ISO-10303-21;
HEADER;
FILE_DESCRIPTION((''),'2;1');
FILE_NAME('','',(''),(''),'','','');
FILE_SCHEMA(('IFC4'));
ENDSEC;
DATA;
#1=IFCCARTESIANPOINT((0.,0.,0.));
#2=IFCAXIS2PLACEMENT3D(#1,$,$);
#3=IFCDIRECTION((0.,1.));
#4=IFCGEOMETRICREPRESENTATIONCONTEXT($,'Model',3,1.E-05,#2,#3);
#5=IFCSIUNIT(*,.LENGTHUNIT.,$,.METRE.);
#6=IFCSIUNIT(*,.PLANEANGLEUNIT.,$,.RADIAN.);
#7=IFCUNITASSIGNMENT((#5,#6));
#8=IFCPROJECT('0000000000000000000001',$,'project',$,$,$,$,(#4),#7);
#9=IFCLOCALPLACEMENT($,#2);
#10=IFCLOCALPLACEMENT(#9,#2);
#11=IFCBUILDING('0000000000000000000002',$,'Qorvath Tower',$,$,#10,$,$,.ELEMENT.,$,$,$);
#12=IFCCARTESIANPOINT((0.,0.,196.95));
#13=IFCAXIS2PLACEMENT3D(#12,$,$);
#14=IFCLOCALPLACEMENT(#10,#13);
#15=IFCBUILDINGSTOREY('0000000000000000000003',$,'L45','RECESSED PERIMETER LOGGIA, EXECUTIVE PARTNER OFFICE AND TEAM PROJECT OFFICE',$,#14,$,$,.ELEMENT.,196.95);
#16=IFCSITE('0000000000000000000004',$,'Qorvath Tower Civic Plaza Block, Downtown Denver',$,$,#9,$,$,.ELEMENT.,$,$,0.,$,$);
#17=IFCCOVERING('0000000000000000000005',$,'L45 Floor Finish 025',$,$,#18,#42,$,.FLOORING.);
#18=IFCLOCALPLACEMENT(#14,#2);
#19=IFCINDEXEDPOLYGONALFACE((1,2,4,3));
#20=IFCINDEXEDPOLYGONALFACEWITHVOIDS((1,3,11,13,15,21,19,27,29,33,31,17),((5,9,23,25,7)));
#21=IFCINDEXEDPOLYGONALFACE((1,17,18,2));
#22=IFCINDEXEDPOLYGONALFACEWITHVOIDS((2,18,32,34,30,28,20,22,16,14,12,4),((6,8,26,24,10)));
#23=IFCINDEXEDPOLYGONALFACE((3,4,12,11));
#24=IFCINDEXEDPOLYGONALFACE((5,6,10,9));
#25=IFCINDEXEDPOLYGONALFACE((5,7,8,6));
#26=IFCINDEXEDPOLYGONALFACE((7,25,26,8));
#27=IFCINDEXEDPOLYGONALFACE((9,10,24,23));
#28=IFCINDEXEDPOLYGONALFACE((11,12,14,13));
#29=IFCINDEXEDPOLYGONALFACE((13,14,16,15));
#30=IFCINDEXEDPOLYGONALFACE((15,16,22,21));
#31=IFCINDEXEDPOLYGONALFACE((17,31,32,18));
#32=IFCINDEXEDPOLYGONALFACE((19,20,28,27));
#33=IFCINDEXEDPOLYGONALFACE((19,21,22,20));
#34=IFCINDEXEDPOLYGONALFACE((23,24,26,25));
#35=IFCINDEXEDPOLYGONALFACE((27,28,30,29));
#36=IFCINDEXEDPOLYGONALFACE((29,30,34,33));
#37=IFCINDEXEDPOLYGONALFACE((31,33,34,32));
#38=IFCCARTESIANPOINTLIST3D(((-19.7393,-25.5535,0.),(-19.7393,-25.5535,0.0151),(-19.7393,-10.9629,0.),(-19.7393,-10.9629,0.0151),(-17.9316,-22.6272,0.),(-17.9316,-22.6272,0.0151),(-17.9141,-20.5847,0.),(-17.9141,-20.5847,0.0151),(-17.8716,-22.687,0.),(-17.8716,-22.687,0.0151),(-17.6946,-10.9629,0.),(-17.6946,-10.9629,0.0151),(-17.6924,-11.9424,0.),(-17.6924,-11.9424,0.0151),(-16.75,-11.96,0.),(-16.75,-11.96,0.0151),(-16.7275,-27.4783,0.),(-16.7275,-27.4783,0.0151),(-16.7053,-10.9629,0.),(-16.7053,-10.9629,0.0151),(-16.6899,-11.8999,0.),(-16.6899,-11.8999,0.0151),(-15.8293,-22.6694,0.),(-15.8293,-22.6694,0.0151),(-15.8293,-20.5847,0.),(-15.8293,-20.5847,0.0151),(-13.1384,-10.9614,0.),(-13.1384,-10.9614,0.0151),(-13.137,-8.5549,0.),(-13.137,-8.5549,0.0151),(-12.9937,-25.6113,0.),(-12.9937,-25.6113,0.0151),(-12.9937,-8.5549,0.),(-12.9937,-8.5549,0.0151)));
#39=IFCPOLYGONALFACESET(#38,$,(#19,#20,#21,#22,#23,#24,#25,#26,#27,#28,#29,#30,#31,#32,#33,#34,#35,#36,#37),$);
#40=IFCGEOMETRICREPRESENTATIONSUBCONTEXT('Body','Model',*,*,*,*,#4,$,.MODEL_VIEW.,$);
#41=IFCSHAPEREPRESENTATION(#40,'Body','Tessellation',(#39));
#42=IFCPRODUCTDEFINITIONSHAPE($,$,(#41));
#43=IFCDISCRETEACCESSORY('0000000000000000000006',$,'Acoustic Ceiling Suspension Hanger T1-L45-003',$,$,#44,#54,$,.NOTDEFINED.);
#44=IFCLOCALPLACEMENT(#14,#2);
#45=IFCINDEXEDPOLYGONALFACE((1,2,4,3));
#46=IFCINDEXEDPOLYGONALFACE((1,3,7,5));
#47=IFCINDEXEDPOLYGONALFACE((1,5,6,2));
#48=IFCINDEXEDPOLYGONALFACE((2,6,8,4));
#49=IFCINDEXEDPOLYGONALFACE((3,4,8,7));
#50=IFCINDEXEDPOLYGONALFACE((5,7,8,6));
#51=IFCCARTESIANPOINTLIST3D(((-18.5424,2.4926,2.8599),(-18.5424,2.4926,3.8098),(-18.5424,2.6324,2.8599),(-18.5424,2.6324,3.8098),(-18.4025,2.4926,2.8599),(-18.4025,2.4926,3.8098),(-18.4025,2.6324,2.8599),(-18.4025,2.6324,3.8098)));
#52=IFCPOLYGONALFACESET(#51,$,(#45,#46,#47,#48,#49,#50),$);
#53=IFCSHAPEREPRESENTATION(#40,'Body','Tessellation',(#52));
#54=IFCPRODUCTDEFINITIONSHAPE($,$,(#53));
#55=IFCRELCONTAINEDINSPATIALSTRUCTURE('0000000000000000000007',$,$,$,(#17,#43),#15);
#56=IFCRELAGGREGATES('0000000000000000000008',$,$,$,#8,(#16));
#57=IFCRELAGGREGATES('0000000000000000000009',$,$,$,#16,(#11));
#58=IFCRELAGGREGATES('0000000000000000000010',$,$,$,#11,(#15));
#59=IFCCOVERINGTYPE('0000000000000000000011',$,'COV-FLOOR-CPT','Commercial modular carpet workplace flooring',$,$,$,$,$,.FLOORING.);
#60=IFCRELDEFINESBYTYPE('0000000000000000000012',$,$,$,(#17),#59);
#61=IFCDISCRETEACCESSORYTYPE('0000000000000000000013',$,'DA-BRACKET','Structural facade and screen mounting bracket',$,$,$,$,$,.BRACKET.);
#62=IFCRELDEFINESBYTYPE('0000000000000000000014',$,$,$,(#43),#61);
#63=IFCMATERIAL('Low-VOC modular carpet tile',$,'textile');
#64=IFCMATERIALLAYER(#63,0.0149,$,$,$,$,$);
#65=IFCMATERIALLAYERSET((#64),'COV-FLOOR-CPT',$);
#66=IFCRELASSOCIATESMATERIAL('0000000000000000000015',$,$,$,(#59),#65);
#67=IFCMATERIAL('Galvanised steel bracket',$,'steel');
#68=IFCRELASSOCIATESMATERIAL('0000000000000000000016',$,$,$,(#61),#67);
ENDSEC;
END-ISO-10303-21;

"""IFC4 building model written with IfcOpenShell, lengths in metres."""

from ifc_helpers import new_model, si_unit, direction, frame, origin, origin_2d, place, context, subcontext, project, spatial, polyline, rectangle, outline, extrude, material, layer, layer_set, type_object, element, save


model = new_model("IFC4")

# Units and contexts
model_context = context("Model", 3, precision=1e-05, world=origin(), true_north=direction((0.0, 1.0)))
body_context = subcontext(model_context, "Body", "Model", "MODEL_VIEW")
ifc_project = project(units=[si_unit("LENGTHUNIT", "METRE"), si_unit("PLANEANGLEUNIT", "RADIAN")], contexts=[model_context])

# Site, building, storey
site_placement = place(None, origin())
site = spatial("IfcSite", under=ifc_project, at=site_placement, Name="Qorvath Tower Civic Plaza Block, Downtown Denver", CompositionType="ELEMENT", RefElevation=0.0)
building_placement = place(site_placement, origin())
building = spatial("IfcBuilding", under=site, at=building_placement, Name="Qorvath Tower", CompositionType="ELEMENT")
storey_placement = place(building_placement, frame((0.0, 0.0, 196.95)))
storey = spatial("IfcBuildingStorey", under=building, at=storey_placement, Name="L45", Description="RECESSED PERIMETER LOGGIA, EXECUTIVE PARTNER OFFICE AND TEAM PROJECT OFFICE", CompositionType="ELEMENT", Elevation=196.95)

# Covering
ifc_material_1 = material(Name="Low-VOC modular carpet tile", Category="textile")
ifc_layer_1 = layer(ifc_material_1, 0.0149)
ifc_layer_set_1 = layer_set([ifc_layer_1], Name="COV-FLOOR-CPT")
covering_type_1 = type_object("IfcCoveringType", Name="COV-FLOOR-CPT", Description="Commercial modular carpet workplace flooring", PredefinedType="FLOORING", material=ifc_layer_set_1)
covering_1_placement = place(storey_placement, origin())
element("IfcCovering", 1, at=covering_1_placement, inside=storey, type_object=covering_type_1, Name="L45 Floor Finish 025", PredefinedType="FLOORING", context=body_context, shape_type="SweptSolid", body=[
    extrude(outline(polyline([(-17.6946, -10.9629), (-19.7393, -10.9629), (-19.7393, -25.5535), (-16.7275, -27.4783), (-12.9937, -25.6113), (-12.9937, -8.5549), (-13.137, -8.5549), (-13.1384, -10.9614), (-16.7053, -10.9629), (-16.6899, -11.8999), (-16.75, -11.96), (-17.6924, -11.9424), (-17.6946, -10.9629)]), holes=[polyline([(-17.9316, -22.6272), (-17.9141, -20.5847), (-15.8293, -20.5847), (-15.8293, -22.6694), (-17.8716, -22.687), (-17.9316, -22.6272)])]), origin(), (0.0, 0.0, 1.0), 0.0151),
])

# Discrete accessory
ifc_material_2 = material(Name="Galvanised steel bracket", Category="steel")
discrete_accessory_type = type_object("IfcDiscreteAccessoryType", Name="DA-BRACKET", Description="Structural facade and screen mounting bracket", PredefinedType="BRACKET", material=ifc_material_2)
discrete_accessory_placement = place(storey_placement, frame((-18.4724, 2.5625, 2.8599), z_axis=(0.0, 0.0, 1.0), x_axis=(1.0, 0.0, 0.0)))
element("IfcDiscreteAccessory", 2, at=discrete_accessory_placement, inside=storey, type_object=discrete_accessory_type, Name="Acoustic Ceiling Suspension Hanger T1-L45-003", PredefinedType="NOTDEFINED", context=body_context, shape_type="SweptSolid", body=[
    extrude(rectangle(XDim=0.1399, YDim=0.1399, at=origin_2d()), origin(), (0.0, 0.0, 1.0), 0.95),
])

save(model, "model.ifc")
